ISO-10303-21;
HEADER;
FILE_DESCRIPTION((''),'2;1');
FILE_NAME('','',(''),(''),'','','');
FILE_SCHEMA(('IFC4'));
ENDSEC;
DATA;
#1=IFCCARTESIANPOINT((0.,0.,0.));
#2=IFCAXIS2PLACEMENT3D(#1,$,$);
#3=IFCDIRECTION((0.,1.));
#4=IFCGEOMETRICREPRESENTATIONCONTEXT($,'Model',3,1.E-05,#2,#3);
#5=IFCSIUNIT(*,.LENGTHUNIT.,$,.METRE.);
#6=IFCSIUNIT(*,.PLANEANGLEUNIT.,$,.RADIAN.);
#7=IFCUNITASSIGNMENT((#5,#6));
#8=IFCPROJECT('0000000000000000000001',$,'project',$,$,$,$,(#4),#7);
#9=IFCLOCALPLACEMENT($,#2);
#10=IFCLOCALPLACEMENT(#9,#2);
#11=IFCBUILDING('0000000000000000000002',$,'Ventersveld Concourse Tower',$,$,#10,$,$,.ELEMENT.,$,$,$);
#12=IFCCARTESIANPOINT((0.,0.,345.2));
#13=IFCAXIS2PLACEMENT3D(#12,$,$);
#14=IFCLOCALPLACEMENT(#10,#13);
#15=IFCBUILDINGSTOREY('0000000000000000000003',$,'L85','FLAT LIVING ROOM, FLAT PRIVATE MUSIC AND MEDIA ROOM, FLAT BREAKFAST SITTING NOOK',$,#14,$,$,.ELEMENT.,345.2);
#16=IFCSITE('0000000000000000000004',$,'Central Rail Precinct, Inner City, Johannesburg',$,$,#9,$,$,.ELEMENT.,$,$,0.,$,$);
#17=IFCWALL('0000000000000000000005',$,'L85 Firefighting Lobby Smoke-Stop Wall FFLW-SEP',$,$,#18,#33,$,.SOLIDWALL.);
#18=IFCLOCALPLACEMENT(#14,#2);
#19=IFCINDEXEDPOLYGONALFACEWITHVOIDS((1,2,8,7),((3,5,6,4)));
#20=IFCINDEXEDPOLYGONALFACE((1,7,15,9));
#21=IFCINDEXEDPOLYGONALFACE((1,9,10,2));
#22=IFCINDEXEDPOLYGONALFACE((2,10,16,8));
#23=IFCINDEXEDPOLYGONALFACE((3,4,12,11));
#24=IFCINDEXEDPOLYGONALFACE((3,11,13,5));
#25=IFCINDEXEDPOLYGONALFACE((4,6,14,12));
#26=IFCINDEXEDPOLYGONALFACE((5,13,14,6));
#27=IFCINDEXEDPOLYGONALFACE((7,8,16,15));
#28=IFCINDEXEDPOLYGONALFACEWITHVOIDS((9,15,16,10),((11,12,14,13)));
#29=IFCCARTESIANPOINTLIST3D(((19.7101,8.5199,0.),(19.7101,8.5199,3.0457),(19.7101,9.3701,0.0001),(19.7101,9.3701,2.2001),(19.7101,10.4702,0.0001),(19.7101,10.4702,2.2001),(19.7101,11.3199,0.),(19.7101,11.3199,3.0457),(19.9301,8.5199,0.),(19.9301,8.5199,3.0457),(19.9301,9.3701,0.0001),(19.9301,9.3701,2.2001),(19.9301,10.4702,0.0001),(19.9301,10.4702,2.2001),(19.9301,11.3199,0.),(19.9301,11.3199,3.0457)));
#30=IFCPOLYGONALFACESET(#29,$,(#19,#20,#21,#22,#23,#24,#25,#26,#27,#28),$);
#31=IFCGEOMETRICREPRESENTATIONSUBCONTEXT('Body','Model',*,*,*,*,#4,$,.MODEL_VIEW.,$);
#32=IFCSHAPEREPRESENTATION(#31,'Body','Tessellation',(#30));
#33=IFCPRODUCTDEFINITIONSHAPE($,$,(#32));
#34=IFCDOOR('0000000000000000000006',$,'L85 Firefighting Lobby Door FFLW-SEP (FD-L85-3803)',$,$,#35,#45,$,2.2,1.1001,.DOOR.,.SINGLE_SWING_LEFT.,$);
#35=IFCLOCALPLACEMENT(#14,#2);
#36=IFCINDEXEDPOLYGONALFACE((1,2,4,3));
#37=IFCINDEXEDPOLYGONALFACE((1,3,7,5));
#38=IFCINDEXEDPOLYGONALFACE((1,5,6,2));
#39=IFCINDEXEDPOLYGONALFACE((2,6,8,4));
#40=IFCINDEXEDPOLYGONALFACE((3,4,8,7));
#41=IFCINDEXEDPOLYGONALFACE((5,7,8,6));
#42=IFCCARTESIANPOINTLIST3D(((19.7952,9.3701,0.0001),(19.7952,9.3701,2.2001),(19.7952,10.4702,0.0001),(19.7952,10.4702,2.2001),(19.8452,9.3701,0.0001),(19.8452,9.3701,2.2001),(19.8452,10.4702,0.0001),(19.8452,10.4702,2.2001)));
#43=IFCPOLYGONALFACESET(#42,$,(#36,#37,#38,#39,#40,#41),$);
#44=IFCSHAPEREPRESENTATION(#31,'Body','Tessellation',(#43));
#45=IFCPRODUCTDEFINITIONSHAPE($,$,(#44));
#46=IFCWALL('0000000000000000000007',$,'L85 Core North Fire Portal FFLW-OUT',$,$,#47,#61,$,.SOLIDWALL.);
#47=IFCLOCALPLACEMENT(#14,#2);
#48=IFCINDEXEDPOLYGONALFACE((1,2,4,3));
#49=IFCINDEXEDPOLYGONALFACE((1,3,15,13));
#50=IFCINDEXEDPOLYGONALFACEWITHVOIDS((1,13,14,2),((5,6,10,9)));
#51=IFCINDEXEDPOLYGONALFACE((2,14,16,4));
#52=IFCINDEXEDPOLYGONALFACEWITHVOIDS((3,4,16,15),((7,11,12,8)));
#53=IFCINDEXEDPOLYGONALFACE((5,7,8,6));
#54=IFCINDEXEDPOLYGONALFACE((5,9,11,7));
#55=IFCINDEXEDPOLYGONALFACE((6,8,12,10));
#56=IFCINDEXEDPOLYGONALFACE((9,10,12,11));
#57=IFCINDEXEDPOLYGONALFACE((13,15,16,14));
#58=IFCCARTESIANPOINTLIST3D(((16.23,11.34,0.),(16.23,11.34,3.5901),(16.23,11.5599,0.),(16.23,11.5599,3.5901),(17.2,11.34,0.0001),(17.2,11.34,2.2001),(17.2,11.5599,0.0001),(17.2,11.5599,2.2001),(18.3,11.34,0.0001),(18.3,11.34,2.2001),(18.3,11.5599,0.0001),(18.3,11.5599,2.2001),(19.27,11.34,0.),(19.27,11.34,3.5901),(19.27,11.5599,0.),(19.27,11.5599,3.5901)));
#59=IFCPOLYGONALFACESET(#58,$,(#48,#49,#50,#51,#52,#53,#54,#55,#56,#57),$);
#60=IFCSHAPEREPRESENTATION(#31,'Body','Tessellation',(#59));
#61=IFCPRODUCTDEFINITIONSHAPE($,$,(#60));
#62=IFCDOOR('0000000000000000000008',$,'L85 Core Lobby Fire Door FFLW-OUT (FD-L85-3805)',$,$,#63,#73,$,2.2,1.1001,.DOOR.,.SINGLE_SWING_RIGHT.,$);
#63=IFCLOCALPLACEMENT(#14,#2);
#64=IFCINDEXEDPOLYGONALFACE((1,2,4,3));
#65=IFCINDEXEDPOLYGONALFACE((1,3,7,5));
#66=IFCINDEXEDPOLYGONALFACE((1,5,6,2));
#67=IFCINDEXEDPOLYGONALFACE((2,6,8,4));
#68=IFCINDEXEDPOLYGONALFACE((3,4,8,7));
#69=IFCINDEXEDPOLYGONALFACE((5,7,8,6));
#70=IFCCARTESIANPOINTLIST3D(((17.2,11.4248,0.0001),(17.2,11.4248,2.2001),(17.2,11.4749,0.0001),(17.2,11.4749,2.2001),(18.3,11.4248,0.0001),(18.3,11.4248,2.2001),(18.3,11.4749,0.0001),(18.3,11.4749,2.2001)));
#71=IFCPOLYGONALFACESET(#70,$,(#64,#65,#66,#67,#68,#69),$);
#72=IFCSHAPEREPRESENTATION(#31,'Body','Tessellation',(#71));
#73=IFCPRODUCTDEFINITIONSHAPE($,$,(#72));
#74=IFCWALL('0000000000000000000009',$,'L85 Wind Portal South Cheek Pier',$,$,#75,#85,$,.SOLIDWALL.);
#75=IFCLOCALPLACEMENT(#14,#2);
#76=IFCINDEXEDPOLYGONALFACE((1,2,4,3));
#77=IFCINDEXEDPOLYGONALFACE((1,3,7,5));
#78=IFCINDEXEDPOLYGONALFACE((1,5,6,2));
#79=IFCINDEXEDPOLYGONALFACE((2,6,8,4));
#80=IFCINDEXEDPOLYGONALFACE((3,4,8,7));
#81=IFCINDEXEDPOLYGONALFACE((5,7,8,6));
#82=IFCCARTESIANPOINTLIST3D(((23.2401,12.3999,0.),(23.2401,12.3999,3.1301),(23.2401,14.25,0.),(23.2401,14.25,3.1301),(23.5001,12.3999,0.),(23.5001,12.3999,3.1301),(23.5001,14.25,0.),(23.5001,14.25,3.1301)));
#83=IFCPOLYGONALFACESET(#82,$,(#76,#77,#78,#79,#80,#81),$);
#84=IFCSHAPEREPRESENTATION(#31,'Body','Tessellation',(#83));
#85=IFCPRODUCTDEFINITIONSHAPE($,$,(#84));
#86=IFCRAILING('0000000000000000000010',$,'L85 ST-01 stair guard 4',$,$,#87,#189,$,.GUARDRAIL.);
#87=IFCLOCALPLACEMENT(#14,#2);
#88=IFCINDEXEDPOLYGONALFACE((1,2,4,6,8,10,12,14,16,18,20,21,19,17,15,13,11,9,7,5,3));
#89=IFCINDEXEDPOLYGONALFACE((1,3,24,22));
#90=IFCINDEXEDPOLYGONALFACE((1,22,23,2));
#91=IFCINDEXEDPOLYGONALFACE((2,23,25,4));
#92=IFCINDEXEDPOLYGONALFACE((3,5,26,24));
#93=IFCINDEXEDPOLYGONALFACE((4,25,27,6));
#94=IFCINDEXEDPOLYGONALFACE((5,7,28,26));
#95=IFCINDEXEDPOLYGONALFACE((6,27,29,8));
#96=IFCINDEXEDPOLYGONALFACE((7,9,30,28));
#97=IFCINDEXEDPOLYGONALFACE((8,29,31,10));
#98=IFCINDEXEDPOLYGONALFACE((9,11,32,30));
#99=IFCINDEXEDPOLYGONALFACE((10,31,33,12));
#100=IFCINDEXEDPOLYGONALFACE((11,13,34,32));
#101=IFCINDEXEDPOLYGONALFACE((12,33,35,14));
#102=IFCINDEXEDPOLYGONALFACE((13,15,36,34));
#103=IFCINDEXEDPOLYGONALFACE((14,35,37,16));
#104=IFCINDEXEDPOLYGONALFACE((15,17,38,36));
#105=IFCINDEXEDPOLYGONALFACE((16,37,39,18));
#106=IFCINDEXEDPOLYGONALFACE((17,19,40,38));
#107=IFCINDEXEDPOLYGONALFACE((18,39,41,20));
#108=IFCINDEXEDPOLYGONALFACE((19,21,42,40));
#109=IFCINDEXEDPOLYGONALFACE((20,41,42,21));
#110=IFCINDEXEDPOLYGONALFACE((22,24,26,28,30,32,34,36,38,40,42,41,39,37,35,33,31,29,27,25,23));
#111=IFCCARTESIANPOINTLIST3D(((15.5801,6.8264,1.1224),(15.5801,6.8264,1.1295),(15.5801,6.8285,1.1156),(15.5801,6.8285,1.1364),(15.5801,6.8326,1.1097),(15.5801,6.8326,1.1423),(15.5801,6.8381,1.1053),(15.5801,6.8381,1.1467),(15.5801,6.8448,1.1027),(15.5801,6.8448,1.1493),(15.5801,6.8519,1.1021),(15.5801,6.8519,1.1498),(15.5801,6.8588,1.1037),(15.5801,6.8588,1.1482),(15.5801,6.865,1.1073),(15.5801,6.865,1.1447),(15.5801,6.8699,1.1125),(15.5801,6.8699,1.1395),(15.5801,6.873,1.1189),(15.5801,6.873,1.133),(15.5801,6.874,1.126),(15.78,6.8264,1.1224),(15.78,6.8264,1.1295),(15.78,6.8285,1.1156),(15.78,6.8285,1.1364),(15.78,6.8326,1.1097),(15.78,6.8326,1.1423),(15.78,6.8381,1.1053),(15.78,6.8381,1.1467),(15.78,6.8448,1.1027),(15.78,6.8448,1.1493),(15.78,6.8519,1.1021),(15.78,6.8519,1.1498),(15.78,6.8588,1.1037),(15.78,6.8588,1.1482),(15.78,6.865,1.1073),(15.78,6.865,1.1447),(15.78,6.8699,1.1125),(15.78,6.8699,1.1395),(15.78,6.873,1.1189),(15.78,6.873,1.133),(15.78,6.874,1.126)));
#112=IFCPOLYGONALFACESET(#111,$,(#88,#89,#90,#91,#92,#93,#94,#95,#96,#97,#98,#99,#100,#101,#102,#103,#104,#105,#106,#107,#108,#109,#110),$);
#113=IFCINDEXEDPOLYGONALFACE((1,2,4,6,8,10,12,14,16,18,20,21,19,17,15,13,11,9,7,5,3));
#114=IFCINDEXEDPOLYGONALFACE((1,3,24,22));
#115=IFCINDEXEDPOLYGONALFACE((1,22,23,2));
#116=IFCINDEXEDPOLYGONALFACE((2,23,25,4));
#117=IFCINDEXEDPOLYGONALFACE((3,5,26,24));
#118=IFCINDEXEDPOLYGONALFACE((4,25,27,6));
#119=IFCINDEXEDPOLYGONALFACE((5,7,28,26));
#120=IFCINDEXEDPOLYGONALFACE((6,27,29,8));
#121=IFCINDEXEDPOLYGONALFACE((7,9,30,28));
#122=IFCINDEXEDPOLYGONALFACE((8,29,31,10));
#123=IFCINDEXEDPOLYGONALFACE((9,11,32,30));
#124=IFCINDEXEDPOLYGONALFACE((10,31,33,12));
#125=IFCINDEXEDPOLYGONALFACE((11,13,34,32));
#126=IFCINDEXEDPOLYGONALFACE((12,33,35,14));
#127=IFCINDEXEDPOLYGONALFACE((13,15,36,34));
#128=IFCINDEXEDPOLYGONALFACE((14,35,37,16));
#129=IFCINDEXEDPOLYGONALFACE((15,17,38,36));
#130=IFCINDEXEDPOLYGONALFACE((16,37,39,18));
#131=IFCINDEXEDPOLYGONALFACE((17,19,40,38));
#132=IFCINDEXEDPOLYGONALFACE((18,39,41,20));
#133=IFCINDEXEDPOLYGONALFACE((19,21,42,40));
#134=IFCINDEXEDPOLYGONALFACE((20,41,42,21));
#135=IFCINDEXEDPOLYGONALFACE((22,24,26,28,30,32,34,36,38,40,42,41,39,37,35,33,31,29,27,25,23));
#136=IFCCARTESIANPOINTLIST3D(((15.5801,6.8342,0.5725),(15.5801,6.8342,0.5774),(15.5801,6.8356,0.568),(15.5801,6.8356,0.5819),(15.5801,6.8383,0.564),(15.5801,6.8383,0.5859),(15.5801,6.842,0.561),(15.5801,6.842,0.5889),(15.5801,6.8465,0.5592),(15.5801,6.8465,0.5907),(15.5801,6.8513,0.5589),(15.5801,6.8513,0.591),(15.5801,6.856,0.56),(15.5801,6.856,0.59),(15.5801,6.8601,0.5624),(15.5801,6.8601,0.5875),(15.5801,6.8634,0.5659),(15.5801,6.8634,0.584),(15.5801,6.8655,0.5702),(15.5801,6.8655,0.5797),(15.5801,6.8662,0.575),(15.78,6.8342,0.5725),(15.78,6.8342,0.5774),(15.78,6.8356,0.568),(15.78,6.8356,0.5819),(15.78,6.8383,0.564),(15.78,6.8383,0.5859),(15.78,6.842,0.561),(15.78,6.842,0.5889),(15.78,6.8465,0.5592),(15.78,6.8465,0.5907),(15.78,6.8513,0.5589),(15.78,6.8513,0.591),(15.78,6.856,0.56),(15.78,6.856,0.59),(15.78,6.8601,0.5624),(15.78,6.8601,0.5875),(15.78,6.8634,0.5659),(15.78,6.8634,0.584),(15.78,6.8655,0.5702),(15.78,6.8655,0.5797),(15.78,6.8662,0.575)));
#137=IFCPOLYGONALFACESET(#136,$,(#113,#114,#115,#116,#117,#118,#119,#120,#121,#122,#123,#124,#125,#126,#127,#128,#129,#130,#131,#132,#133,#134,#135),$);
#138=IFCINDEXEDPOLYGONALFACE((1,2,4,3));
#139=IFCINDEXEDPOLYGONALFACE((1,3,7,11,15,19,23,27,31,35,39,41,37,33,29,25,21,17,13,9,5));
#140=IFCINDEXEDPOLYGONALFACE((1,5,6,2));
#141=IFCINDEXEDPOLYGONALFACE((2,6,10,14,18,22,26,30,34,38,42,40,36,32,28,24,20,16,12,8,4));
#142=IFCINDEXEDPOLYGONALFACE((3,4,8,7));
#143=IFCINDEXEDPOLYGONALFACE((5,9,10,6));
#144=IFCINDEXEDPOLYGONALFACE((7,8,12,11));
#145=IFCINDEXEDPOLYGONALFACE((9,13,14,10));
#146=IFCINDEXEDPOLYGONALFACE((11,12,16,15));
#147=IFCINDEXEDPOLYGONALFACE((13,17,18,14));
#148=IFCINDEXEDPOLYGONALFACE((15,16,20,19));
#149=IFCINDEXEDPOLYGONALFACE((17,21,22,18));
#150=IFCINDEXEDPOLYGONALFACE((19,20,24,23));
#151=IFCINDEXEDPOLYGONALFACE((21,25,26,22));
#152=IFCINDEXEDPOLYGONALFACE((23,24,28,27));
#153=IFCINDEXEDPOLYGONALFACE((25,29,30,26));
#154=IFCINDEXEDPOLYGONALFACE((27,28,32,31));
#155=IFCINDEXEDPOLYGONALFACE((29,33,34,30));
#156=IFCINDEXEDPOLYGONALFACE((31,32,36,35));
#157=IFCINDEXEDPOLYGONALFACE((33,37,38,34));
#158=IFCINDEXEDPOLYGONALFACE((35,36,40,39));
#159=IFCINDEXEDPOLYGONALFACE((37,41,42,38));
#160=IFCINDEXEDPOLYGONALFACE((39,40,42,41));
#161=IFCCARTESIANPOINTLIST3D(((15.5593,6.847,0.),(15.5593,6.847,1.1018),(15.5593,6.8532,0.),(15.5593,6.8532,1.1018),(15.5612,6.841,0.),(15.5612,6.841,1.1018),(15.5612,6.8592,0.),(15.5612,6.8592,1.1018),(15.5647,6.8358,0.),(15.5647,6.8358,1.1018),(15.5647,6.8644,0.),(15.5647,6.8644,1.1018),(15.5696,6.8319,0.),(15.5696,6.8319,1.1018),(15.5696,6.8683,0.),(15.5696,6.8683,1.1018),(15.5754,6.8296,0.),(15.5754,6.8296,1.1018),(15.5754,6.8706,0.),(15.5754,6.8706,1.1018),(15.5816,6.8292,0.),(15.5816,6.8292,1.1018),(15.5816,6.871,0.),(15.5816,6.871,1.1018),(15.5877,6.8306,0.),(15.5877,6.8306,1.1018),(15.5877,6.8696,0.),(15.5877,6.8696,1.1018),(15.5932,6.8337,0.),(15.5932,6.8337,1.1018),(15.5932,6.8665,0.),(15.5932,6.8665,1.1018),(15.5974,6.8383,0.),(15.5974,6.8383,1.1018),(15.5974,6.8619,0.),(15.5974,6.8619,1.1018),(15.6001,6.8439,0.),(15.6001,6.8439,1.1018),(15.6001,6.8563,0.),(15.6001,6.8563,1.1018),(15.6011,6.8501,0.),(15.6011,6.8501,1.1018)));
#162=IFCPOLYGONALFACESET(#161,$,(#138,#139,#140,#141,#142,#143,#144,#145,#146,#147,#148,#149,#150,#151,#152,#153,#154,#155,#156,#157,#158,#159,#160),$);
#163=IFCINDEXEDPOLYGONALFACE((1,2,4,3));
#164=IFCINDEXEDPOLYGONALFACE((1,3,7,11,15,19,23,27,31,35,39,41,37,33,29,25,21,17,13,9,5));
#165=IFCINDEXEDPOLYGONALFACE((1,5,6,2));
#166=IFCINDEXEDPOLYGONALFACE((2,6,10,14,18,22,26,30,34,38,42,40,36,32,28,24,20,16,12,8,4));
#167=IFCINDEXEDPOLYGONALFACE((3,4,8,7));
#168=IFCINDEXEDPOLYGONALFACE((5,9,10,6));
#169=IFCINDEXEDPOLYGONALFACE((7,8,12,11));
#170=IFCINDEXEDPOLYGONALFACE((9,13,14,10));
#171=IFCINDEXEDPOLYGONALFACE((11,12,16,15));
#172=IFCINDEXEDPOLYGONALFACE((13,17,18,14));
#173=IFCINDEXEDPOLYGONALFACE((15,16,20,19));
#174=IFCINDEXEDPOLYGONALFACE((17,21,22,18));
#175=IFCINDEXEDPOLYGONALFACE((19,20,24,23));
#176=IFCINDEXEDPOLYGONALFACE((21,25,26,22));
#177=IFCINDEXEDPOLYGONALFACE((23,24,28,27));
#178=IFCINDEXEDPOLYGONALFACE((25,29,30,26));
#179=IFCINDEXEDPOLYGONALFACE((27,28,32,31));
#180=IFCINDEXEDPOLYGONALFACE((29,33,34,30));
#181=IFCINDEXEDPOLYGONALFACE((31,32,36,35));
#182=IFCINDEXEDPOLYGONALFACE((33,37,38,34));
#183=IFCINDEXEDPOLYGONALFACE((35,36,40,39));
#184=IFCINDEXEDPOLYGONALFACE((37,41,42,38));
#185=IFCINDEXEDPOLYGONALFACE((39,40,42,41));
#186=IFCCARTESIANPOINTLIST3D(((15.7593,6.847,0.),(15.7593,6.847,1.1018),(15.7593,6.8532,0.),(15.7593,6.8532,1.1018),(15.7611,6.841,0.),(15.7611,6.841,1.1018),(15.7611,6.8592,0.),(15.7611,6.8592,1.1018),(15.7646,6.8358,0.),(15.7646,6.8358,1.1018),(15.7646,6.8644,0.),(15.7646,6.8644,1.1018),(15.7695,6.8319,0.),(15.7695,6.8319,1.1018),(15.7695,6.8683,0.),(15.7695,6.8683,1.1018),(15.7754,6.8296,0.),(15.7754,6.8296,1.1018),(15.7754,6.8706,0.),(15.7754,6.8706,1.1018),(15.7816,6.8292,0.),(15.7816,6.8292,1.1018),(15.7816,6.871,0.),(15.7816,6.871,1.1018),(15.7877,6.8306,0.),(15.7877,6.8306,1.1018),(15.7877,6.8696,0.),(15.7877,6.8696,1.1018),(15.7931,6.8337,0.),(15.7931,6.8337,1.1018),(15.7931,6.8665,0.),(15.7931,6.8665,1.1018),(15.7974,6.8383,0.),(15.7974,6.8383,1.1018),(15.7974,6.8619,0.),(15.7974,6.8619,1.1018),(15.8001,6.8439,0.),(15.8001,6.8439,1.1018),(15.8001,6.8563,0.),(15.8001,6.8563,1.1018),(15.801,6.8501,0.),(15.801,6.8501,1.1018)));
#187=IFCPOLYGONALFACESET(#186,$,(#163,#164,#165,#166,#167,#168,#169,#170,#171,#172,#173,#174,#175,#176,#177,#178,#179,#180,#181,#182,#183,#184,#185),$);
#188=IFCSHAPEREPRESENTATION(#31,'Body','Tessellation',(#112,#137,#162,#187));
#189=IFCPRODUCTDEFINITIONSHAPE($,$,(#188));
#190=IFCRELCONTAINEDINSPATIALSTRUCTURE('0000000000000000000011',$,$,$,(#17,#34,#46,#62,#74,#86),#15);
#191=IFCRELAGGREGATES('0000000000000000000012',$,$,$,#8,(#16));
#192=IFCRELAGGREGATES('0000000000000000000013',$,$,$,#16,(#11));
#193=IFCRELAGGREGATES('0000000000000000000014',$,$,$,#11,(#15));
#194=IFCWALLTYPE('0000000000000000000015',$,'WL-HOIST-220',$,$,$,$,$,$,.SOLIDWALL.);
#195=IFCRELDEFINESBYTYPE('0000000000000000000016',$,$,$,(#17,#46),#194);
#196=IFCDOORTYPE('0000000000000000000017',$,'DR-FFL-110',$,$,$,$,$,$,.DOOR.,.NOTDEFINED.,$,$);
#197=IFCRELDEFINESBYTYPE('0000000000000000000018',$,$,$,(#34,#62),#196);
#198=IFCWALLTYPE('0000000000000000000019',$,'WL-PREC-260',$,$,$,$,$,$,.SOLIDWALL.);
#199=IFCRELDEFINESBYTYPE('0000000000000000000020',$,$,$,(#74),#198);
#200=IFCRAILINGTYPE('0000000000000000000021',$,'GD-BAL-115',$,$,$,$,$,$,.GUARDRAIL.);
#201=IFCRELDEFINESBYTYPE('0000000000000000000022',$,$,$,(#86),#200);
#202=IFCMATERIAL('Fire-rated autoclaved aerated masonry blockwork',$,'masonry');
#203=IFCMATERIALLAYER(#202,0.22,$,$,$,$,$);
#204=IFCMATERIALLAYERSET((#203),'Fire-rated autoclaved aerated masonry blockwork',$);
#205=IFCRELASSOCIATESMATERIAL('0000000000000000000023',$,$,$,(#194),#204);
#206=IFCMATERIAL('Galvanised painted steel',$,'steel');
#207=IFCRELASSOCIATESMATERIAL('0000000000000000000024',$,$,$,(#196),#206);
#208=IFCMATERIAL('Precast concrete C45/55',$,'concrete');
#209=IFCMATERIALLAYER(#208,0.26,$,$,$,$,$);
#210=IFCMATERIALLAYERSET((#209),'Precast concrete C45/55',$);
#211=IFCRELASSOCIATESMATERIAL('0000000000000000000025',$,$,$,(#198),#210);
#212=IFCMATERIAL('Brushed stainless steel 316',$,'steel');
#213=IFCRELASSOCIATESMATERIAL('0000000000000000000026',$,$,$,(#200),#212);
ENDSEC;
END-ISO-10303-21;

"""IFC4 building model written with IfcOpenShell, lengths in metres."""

from ifc_helpers import new_model, si_unit, direction, frame, frame_2d, origin, origin_2d, place, context, subcontext, project, spatial, rectangle, circle, extrude, material, layer, layer_set, type_object, element, fill, save


model = new_model("IFC4")

# Units and contexts
model_context = context("Model", 3, precision=1e-05, world=origin(), true_north=direction((0.0, 1.0)))
body_context = subcontext(model_context, "Body", "Model", "MODEL_VIEW")
ifc_project = project(units=[si_unit("LENGTHUNIT", "METRE"), si_unit("PLANEANGLEUNIT", "RADIAN")], contexts=[model_context])

# Site, building, storey
site_placement = place(None, origin())
site = spatial("IfcSite", under=ifc_project, at=site_placement, Name="Central Rail Precinct, Inner City, Johannesburg", CompositionType="ELEMENT", RefElevation=0.0)
building_placement = place(site_placement, origin())
building = spatial("IfcBuilding", under=site, at=building_placement, Name="Ventersveld Concourse Tower", CompositionType="ELEMENT")
storey_placement = place(building_placement, frame((0.0, 0.0, 345.2)))
storey = spatial("IfcBuildingStorey", under=building, at=storey_placement, Name="L85", Description="FLAT LIVING ROOM, FLAT PRIVATE MUSIC AND MEDIA ROOM, FLAT BREAKFAST SITTING NOOK", CompositionType="ELEMENT", Elevation=345.2)

# Shared definitions
ifc_material_1 = material(Name="Fire-rated autoclaved aerated masonry blockwork", Category="masonry")
ifc_layer_1 = layer(ifc_material_1, 0.22)
ifc_layer_set_1 = layer_set([ifc_layer_1], Name="Fire-rated autoclaved aerated masonry blockwork")
wall_type_1 = type_object("IfcWallType", Name="WL-HOIST-220", PredefinedType="SOLIDWALL", material=ifc_layer_set_1)
ifc_material_2 = material(Name="Brushed stainless steel 316", Category="steel")

# Walls, openings, doors
wall_1_placement = place(storey_placement, frame((19.8201, 8.52, 0.0), z_axis=(0.0, 0.0, 1.0), x_axis=(0.0, 1.0, 0.0)))
wall_1 = element("IfcWall", 1, at=wall_1_placement, inside=storey, type_object=wall_type_1, Name="L85 Firefighting Lobby Smoke-Stop Wall FFLW-SEP", PredefinedType="SOLIDWALL", context=body_context, shape_type="SweptSolid", body=[
    extrude(rectangle(XDim=2.8, YDim=0.22, at=frame_2d((1.3999, 0.0))), origin(), (0.0, 0.0, 1.0), 3.0457),
])
opening_1_placement = place(wall_1_placement, frame((0.8501, 0.0, 0.0)))
opening_1 = element("IfcOpeningElement", 2, at=opening_1_placement, cuts=wall_1, PredefinedType="OPENING", context=body_context, shape_type="SweptSolid", body=[
    extrude(rectangle(XDim=1.1001, YDim=2.2, at=frame_2d((0.55, 1.1001))), frame((0.0, 0.1201, 0.0), z_axis=(0.0, -1.0, 0.0), x_axis=(1.0, 0.0, 0.0)), (0.0, 0.0, 1.0), 0.24),
])
ifc_material_3 = material(Name="Galvanised painted steel", Category="steel")
door_type_1 = type_object("IfcDoorType", Name="DR-FFL-110", OperationType="NOTDEFINED", PredefinedType="DOOR", material=ifc_material_3)
door_1_placement = place(opening_1_placement, origin())
door_1 = element("IfcDoor", 3, at=door_1_placement, inside=storey, type_object=door_type_1, Name="L85 Firefighting Lobby Door FFLW-SEP (FD-L85-3803)", OperationType="SINGLE_SWING_LEFT", OverallHeight=2.2, OverallWidth=1.1001, PredefinedType="DOOR", context=body_context, shape_type="SweptSolid", body=[
    extrude(rectangle(XDim=1.1001, YDim=2.2, at=frame_2d((0.55, 1.1001))), frame((0.0, 0.0249, 0.0), z_axis=(0.0, -1.0, 0.0), x_axis=(1.0, 0.0, 0.0)), (0.0, 0.0, 1.0), 0.05),
])
fill(opening_1, door_1)
wall_2_placement = place(storey_placement, frame((16.23, 11.45, 0.0), z_axis=(0.0, 0.0, 1.0), x_axis=(1.0, 0.0, 0.0)))
wall_2 = element("IfcWall", 4, at=wall_2_placement, inside=storey, type_object=wall_type_1, Name="L85 Core North Fire Portal FFLW-OUT", PredefinedType="SOLIDWALL", context=body_context, shape_type="SweptSolid", body=[
    extrude(rectangle(XDim=3.04, YDim=0.22, at=frame_2d((1.52, 0.0))), origin(), (0.0, 0.0, 1.0), 3.5901),
])
opening_2_placement = place(wall_2_placement, frame((0.97, 0.0, 0.0)))
opening_2 = element("IfcOpeningElement", 5, at=opening_2_placement, cuts=wall_2, PredefinedType="OPENING", context=body_context, shape_type="SweptSolid", body=[
    extrude(rectangle(XDim=1.1001, YDim=2.2, at=frame_2d((0.55, 1.1001))), frame((0.0, 0.1201, 0.0), z_axis=(0.0, -1.0, 0.0), x_axis=(1.0, 0.0, 0.0)), (0.0, 0.0, 1.0), 0.24),
])
door_2_placement = place(opening_2_placement, origin())
door_2 = element("IfcDoor", 6, at=door_2_placement, inside=storey, type_object=door_type_1, Name="L85 Core Lobby Fire Door FFLW-OUT (FD-L85-3805)", OperationType="SINGLE_SWING_RIGHT", OverallHeight=2.2, OverallWidth=1.1001, PredefinedType="DOOR", context=body_context, shape_type="SweptSolid", body=[
    extrude(rectangle(XDim=1.1001, YDim=2.2, at=frame_2d((0.55, 1.1001))), frame((0.0, 0.0249, 0.0), z_axis=(0.0, -1.0, 0.0), x_axis=(1.0, 0.0, 0.0)), (0.0, 0.0, 1.0), 0.05),
])
fill(opening_2, door_2)

# Wall
ifc_material_4 = material(Name="Precast concrete C45/55", Category="concrete")
ifc_layer_2 = layer(ifc_material_4, 0.26)
ifc_layer_set_2 = layer_set([ifc_layer_2], Name="Precast concrete C45/55")
wall_type_2 = type_object("IfcWallType", Name="WL-PREC-260", PredefinedType="SOLIDWALL", material=ifc_layer_set_2)
wall_3_placement = place(storey_placement, frame((23.3701, 12.3999, 0.0), z_axis=(0.0, 0.0, 1.0), x_axis=(0.0, 1.0, 0.0)))
element("IfcWall", 7, at=wall_3_placement, inside=storey, type_object=wall_type_2, Name="L85 Wind Portal South Cheek Pier", PredefinedType="SOLIDWALL", context=body_context, shape_type="SweptSolid", body=[
    extrude(rectangle(XDim=1.8501, YDim=0.26, at=frame_2d((0.925, 0.0))), origin(), (0.0, 0.0, 1.0), 3.1301),
])

# Railing
railing_type = type_object("IfcRailingType", Name="GD-BAL-115", PredefinedType="GUARDRAIL", material=ifc_material_2)
railing_placement = place(storey_placement, frame((15.5801, 6.8501, 0.0)))
element("IfcRailing", 8, at=railing_placement, inside=storey, type_object=railing_type, Name="L85 ST-01 stair guard 4", PredefinedType="GUARDRAIL", context=body_context, shape_type="SweptSolid", body=[
    extrude(circle(Radius=0.0239, at=origin_2d()), frame((0.0, 0.0, 1.126), z_axis=(1.0, 0.0, 0.0), x_axis=(0.0, 1.0, 0.0)), (0.0, 0.0, 1.0), 0.2),
    extrude(circle(Radius=0.0161, at=origin_2d()), frame((0.0, 0.0, 0.575), z_axis=(1.0, 0.0, 0.0), x_axis=(0.0, 1.0, 0.0)), (0.0, 0.0, 1.0), 0.2),
    extrude(circle(Radius=0.021, at=origin_2d()), origin(), (0.0, 0.0, 1.0), 1.1018),
    extrude(circle(Radius=0.021, at=origin_2d()), frame((0.2, 0.0, 0.0)), (0.0, 0.0, 1.0), 1.1018),
])

save(model, "model.ifc")
